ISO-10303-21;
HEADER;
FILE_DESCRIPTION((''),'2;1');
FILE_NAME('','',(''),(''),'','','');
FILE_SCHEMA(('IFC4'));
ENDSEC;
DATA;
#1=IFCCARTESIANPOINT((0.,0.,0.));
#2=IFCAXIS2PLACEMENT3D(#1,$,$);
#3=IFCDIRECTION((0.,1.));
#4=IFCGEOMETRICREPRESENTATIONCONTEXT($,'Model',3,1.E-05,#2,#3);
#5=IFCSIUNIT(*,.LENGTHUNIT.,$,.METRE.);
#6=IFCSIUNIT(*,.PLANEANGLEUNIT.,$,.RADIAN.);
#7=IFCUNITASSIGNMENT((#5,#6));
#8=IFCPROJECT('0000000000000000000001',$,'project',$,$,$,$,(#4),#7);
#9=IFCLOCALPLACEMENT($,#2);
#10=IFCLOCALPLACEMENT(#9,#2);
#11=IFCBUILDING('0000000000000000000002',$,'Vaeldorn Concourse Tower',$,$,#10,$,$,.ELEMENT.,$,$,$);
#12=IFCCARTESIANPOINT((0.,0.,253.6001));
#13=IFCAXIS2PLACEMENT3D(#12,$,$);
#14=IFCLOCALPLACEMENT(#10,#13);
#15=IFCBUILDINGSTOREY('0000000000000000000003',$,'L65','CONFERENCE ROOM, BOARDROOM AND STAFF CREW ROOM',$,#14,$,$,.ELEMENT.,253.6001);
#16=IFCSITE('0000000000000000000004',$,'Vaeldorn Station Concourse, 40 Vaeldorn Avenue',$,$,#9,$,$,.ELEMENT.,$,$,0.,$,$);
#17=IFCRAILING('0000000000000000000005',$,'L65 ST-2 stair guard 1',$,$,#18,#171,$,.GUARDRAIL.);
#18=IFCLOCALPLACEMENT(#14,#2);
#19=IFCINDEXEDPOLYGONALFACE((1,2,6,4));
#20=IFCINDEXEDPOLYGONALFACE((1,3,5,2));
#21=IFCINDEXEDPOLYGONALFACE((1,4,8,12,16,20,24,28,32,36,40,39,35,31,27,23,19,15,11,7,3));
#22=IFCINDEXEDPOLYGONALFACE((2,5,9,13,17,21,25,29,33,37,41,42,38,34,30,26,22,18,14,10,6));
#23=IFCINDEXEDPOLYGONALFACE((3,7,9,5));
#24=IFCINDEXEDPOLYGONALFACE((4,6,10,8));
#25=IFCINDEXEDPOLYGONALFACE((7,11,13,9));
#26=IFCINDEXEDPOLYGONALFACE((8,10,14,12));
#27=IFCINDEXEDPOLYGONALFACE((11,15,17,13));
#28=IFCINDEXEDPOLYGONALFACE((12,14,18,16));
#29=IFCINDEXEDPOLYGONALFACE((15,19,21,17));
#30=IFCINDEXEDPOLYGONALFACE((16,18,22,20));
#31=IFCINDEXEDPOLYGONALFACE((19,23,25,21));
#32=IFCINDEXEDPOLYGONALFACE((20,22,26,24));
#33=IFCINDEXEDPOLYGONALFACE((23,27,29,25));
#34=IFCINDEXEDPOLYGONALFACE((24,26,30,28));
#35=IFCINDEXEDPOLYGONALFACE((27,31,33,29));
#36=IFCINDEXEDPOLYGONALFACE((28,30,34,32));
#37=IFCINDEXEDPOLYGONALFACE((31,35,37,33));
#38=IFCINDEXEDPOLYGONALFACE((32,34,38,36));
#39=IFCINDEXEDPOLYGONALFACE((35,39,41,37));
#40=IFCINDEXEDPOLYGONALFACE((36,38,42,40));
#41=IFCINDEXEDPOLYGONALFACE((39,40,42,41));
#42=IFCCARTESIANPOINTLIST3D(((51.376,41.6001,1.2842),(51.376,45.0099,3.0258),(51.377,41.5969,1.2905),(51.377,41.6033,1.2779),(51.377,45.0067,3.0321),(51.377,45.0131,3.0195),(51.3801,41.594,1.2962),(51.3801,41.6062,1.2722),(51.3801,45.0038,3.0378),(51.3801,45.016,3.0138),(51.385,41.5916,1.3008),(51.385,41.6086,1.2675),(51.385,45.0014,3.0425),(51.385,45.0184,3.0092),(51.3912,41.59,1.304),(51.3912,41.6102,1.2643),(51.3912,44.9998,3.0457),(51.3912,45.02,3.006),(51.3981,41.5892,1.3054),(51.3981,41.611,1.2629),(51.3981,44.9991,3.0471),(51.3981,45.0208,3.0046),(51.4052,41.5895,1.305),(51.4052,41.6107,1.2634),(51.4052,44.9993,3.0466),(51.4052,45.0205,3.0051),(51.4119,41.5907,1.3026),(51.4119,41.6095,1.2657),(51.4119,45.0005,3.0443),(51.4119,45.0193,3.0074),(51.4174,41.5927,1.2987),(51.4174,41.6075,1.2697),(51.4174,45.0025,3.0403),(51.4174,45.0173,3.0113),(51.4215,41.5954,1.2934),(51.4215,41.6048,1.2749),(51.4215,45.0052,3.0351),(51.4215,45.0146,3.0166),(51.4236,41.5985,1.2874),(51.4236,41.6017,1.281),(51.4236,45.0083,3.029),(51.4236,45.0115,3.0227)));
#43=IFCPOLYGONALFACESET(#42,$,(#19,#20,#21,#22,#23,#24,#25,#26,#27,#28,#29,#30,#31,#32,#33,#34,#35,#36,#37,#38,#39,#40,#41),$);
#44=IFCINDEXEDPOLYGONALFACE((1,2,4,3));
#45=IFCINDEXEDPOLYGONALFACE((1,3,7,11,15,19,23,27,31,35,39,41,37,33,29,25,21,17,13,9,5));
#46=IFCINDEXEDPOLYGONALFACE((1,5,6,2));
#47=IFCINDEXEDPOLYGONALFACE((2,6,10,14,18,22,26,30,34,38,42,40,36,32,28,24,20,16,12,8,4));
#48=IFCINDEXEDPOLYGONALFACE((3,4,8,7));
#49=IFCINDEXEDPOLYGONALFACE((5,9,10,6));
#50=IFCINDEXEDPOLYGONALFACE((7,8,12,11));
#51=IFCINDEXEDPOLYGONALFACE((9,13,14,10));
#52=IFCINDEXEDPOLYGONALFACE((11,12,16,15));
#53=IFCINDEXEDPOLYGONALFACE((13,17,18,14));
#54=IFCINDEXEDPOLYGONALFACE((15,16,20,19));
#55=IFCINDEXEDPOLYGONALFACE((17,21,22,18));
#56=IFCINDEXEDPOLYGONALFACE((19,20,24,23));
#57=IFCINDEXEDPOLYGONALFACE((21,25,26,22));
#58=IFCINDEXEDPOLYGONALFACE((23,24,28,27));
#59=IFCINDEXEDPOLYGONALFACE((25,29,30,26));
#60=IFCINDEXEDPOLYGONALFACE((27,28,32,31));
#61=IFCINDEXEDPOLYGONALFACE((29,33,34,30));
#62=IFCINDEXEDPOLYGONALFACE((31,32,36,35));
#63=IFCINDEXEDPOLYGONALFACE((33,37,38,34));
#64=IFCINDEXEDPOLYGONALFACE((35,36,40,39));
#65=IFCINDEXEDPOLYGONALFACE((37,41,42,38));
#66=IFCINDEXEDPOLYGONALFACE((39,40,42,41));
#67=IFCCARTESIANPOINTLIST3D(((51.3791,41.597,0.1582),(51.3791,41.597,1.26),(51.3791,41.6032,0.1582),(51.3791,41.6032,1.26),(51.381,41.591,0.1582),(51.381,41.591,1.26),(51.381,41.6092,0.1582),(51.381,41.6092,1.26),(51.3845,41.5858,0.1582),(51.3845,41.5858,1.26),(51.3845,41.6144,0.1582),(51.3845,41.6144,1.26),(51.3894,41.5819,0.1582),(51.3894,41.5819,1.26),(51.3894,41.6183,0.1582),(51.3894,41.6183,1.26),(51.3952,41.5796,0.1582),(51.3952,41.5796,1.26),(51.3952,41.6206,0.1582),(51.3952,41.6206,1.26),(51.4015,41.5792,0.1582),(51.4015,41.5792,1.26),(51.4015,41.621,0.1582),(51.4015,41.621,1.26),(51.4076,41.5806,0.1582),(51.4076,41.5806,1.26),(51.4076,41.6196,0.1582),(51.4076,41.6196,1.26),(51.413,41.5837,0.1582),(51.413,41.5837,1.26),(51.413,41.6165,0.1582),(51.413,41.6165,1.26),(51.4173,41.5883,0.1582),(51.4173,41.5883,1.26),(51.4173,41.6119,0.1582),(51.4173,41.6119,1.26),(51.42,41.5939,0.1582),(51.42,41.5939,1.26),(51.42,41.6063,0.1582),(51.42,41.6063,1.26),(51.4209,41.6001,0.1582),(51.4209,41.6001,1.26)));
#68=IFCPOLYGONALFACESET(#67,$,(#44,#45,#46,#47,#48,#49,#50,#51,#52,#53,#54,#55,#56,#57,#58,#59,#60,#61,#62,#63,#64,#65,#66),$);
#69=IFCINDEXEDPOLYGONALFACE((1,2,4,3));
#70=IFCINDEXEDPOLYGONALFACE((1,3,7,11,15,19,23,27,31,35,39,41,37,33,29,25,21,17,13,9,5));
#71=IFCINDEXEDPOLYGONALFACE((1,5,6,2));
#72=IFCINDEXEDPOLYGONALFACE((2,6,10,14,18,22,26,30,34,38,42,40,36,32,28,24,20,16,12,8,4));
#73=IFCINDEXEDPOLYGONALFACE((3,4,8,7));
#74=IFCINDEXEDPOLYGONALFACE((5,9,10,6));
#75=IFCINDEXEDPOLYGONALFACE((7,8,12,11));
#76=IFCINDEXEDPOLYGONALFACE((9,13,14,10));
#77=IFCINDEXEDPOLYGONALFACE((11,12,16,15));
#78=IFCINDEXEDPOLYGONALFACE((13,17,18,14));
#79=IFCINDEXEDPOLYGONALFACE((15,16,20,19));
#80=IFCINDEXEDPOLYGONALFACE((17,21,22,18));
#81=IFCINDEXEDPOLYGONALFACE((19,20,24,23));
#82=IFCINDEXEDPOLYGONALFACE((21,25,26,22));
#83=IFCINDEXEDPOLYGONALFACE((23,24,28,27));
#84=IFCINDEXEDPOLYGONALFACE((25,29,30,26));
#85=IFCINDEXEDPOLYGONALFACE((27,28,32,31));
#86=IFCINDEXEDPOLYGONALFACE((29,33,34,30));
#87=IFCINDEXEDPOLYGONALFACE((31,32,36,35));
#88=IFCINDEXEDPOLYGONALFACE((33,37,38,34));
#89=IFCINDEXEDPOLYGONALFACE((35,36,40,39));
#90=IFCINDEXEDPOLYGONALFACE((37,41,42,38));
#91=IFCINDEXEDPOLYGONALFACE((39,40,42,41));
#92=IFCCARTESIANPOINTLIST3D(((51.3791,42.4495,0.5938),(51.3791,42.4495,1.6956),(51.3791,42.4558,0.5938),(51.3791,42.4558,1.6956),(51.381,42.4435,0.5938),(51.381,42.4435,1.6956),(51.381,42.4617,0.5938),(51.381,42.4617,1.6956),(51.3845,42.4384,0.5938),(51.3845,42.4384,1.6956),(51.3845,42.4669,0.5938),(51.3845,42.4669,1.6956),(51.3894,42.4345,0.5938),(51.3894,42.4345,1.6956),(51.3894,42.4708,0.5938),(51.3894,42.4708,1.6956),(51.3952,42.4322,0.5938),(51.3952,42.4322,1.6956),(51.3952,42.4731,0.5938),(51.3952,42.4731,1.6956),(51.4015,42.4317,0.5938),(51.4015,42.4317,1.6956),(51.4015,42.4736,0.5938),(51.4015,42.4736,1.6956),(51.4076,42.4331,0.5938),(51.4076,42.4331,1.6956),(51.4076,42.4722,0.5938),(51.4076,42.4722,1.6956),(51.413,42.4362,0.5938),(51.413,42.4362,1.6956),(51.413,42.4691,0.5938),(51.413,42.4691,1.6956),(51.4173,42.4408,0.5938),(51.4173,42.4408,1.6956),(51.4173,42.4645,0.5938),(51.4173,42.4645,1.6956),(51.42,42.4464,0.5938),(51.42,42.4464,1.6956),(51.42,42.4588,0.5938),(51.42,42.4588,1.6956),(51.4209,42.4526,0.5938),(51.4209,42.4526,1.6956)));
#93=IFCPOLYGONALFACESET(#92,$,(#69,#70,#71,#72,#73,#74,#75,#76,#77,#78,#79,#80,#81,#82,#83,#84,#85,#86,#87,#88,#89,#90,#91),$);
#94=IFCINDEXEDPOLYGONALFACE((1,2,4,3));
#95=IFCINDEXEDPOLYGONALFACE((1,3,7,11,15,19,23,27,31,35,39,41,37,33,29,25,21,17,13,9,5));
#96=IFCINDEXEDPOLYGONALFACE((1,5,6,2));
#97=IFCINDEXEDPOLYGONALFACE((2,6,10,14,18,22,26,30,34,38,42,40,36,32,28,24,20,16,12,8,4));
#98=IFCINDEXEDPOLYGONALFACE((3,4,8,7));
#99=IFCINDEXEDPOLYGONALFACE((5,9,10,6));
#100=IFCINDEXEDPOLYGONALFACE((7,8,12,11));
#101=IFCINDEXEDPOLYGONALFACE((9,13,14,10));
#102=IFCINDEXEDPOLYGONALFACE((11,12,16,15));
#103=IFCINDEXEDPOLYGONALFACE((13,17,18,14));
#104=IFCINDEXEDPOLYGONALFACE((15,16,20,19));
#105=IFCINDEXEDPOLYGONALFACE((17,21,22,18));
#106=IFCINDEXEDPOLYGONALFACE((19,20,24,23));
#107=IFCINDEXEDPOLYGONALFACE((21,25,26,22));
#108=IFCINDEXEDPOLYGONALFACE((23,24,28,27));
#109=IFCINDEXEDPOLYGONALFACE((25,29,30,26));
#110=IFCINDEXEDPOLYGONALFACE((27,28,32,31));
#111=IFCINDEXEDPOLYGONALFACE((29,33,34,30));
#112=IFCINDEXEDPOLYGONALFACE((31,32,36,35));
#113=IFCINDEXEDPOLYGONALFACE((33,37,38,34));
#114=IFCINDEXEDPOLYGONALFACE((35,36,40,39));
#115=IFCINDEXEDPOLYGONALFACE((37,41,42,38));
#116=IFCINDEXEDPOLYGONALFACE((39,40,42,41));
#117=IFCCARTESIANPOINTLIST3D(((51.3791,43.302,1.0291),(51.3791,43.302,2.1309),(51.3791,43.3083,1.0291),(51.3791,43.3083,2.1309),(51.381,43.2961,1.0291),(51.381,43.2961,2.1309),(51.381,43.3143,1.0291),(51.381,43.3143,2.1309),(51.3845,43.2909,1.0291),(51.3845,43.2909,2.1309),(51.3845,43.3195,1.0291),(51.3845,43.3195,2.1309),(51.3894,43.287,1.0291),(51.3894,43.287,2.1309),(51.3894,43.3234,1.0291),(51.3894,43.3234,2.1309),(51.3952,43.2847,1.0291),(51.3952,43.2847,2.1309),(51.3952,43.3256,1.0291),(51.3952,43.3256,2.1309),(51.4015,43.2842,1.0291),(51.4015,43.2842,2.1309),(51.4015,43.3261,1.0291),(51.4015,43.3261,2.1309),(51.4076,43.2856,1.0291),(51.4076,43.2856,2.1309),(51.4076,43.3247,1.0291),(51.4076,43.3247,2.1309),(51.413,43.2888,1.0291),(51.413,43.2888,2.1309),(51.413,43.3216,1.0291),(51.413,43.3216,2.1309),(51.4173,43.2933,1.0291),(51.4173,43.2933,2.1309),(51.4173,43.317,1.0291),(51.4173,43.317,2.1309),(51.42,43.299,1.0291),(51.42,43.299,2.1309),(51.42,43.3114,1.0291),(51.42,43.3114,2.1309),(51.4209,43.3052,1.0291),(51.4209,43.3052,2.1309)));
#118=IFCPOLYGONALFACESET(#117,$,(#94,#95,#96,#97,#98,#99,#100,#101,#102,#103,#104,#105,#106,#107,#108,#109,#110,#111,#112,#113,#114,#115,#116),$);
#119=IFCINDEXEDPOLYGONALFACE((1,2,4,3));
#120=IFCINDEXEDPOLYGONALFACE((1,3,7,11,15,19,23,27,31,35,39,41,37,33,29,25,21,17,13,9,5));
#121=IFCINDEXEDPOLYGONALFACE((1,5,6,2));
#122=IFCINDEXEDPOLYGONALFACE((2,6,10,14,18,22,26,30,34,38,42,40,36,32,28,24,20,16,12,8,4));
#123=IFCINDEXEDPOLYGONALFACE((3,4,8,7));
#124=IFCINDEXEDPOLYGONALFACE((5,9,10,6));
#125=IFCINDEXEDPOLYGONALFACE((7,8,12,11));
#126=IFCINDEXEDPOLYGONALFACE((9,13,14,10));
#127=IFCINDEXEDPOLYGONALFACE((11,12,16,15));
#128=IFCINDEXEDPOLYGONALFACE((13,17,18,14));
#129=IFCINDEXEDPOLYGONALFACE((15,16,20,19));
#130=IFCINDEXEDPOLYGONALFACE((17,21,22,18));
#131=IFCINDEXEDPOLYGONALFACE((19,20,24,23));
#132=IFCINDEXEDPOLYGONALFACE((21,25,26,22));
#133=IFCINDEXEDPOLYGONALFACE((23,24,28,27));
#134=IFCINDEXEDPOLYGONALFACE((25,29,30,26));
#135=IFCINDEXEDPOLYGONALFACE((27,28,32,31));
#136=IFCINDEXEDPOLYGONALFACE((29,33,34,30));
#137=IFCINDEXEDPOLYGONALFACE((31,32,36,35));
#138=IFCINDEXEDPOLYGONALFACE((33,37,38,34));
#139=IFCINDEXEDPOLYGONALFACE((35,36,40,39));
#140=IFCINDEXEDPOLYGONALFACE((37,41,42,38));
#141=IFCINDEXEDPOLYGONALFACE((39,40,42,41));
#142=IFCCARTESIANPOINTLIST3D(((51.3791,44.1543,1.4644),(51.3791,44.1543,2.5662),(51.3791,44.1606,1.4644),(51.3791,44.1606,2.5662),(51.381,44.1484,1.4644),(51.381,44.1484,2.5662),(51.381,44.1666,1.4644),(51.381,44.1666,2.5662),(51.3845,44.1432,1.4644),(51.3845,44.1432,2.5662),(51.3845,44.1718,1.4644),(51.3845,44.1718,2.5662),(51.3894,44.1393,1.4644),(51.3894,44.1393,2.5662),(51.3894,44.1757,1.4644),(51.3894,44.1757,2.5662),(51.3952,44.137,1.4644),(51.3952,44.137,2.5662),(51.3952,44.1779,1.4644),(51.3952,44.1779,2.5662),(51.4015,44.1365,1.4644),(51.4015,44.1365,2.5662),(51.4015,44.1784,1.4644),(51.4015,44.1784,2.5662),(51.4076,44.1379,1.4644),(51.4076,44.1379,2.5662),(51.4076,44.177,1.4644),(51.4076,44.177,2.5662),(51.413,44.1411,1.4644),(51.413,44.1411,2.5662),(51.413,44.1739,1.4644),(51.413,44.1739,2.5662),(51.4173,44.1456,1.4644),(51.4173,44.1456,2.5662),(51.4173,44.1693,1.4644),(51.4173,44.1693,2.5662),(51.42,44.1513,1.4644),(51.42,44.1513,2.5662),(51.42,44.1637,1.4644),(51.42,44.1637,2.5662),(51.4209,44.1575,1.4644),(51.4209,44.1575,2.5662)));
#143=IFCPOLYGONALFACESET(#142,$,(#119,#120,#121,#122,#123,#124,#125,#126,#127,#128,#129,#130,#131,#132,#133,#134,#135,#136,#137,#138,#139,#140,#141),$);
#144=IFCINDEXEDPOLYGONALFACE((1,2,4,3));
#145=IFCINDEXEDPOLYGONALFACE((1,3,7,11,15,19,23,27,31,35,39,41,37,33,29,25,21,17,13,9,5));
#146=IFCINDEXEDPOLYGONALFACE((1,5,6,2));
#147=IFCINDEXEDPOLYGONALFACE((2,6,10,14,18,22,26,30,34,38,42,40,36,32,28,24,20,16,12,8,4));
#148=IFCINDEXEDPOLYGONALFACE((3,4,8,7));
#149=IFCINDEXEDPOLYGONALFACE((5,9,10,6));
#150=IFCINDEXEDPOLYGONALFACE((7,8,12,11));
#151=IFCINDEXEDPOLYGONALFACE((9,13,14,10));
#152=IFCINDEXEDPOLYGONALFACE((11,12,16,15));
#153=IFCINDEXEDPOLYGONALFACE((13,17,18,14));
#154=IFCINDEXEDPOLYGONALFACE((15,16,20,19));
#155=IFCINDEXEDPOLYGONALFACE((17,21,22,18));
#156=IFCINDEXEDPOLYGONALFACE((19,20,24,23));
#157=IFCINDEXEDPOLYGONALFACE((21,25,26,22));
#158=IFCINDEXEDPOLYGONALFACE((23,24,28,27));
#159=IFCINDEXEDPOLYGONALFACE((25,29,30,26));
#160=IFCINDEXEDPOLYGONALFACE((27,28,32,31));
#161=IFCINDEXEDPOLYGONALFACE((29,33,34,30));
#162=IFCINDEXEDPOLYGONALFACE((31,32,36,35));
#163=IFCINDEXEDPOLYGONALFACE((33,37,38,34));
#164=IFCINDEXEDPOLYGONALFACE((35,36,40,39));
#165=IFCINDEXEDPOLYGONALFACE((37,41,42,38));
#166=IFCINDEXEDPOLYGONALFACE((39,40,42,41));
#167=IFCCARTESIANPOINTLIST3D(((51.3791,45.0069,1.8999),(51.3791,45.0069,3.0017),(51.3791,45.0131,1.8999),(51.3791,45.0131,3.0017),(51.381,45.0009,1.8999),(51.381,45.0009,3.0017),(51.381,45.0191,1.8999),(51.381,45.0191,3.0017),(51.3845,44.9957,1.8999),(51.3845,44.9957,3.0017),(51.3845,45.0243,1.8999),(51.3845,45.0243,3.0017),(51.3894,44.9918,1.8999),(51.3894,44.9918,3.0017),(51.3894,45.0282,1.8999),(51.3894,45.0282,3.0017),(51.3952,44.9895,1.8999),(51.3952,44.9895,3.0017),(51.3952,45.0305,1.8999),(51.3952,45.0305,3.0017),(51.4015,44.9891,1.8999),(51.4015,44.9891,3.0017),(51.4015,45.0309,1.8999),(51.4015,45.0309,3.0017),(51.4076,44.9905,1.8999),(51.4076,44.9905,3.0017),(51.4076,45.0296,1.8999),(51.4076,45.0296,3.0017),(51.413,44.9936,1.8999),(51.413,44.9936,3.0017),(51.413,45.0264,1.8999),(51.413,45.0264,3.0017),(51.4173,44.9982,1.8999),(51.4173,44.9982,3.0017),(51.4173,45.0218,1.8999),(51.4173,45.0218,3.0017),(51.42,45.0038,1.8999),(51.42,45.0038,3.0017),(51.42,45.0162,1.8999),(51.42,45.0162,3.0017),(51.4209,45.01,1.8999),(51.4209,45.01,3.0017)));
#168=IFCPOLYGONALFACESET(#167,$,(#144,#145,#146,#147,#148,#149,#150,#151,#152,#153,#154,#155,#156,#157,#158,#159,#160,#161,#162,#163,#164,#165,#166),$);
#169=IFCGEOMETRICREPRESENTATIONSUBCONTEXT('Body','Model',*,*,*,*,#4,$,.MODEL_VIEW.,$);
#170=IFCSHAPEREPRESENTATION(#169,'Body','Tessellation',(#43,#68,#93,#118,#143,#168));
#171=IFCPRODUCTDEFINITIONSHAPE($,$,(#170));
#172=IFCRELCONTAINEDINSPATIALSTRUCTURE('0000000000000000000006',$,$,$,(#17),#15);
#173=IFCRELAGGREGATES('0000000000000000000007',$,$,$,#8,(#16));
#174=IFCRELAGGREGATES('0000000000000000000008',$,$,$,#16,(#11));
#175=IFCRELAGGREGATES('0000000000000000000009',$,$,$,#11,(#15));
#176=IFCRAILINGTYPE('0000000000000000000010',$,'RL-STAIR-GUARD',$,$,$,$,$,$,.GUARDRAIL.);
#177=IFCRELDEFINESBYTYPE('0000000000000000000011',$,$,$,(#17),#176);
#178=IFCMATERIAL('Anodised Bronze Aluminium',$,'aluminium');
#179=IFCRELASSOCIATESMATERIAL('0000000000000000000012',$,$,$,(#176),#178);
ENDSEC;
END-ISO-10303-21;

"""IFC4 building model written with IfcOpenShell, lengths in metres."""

from ifc_helpers import new_model, si_unit, direction, frame, origin, origin_2d, place, context, subcontext, project, spatial, circle, extrude, material, type_object, element, save


model = new_model("IFC4")

# Units and contexts
model_context = context("Model", 3, precision=1e-05, world=origin(), true_north=direction((0.0, 1.0)))
body_context = subcontext(model_context, "Body", "Model", "MODEL_VIEW")
ifc_project = project(units=[si_unit("LENGTHUNIT", "METRE"), si_unit("PLANEANGLEUNIT", "RADIAN")], contexts=[model_context])

# Site, building, storey
site_placement = place(None, origin())
site = spatial("IfcSite", under=ifc_project, at=site_placement, Name="Vaeldorn Station Concourse, 40 Vaeldorn Avenue", CompositionType="ELEMENT", RefElevation=0.0)
building_placement = place(site_placement, origin())
building = spatial("IfcBuilding", under=site, at=building_placement, Name="Vaeldorn Concourse Tower", CompositionType="ELEMENT")
storey_placement = place(building_placement, frame((0.0, 0.0, 253.6001)))
storey = spatial("IfcBuildingStorey", under=building, at=storey_placement, Name="L65", Description="CONFERENCE ROOM, BOARDROOM AND STAFF CREW ROOM", CompositionType="ELEMENT", Elevation=253.6001)

# Shared definitions
ifc_material_1 = material(Name="Anodised Bronze Aluminium", Category="aluminium")

# Railing
railing_type_1 = type_object("IfcRailingType", Name="RL-STAIR-GUARD", PredefinedType="GUARDRAIL", material=ifc_material_1)
railing_1_placement = place(storey_placement, frame((51.3999, 41.6001, 0.1582)))
element("IfcRailing", 1, at=railing_1_placement, inside=storey, type_object=railing_type_1, Name="L65 ST-2 stair guard 1", PredefinedType="GUARDRAIL", context=body_context, shape_type="SweptSolid", body=[
    extrude(circle(Radius=0.0239, at=origin_2d()), frame((0.0, 0.0, 1.126), z_axis=(0.0, 0.890556, 0.454874), x_axis=(-1.0, 0.0, 0.0)), (0.0, 0.0, 1.0), 3.8289),
    extrude(circle(Radius=0.021, at=origin_2d()), origin(), (0.0, 0.0, 1.0), 1.1018),
    extrude(circle(Radius=0.021, at=origin_2d()), frame((0.0, 0.8525, 0.4355)), (0.0, 0.0, 1.0), 1.1018),
    extrude(circle(Radius=0.021, at=origin_2d()), frame((0.0, 1.7051, 0.8708)), (0.0, 0.0, 1.0), 1.1018),
    extrude(circle(Radius=0.021, at=origin_2d()), frame((0.0, 2.5574, 1.3062)), (0.0, 0.0, 1.0), 1.1018),
    extrude(circle(Radius=0.021, at=origin_2d()), frame((0.0, 3.4099, 1.7417)), (0.0, 0.0, 1.0), 1.1018),
])

save(model, "model.ifc")
